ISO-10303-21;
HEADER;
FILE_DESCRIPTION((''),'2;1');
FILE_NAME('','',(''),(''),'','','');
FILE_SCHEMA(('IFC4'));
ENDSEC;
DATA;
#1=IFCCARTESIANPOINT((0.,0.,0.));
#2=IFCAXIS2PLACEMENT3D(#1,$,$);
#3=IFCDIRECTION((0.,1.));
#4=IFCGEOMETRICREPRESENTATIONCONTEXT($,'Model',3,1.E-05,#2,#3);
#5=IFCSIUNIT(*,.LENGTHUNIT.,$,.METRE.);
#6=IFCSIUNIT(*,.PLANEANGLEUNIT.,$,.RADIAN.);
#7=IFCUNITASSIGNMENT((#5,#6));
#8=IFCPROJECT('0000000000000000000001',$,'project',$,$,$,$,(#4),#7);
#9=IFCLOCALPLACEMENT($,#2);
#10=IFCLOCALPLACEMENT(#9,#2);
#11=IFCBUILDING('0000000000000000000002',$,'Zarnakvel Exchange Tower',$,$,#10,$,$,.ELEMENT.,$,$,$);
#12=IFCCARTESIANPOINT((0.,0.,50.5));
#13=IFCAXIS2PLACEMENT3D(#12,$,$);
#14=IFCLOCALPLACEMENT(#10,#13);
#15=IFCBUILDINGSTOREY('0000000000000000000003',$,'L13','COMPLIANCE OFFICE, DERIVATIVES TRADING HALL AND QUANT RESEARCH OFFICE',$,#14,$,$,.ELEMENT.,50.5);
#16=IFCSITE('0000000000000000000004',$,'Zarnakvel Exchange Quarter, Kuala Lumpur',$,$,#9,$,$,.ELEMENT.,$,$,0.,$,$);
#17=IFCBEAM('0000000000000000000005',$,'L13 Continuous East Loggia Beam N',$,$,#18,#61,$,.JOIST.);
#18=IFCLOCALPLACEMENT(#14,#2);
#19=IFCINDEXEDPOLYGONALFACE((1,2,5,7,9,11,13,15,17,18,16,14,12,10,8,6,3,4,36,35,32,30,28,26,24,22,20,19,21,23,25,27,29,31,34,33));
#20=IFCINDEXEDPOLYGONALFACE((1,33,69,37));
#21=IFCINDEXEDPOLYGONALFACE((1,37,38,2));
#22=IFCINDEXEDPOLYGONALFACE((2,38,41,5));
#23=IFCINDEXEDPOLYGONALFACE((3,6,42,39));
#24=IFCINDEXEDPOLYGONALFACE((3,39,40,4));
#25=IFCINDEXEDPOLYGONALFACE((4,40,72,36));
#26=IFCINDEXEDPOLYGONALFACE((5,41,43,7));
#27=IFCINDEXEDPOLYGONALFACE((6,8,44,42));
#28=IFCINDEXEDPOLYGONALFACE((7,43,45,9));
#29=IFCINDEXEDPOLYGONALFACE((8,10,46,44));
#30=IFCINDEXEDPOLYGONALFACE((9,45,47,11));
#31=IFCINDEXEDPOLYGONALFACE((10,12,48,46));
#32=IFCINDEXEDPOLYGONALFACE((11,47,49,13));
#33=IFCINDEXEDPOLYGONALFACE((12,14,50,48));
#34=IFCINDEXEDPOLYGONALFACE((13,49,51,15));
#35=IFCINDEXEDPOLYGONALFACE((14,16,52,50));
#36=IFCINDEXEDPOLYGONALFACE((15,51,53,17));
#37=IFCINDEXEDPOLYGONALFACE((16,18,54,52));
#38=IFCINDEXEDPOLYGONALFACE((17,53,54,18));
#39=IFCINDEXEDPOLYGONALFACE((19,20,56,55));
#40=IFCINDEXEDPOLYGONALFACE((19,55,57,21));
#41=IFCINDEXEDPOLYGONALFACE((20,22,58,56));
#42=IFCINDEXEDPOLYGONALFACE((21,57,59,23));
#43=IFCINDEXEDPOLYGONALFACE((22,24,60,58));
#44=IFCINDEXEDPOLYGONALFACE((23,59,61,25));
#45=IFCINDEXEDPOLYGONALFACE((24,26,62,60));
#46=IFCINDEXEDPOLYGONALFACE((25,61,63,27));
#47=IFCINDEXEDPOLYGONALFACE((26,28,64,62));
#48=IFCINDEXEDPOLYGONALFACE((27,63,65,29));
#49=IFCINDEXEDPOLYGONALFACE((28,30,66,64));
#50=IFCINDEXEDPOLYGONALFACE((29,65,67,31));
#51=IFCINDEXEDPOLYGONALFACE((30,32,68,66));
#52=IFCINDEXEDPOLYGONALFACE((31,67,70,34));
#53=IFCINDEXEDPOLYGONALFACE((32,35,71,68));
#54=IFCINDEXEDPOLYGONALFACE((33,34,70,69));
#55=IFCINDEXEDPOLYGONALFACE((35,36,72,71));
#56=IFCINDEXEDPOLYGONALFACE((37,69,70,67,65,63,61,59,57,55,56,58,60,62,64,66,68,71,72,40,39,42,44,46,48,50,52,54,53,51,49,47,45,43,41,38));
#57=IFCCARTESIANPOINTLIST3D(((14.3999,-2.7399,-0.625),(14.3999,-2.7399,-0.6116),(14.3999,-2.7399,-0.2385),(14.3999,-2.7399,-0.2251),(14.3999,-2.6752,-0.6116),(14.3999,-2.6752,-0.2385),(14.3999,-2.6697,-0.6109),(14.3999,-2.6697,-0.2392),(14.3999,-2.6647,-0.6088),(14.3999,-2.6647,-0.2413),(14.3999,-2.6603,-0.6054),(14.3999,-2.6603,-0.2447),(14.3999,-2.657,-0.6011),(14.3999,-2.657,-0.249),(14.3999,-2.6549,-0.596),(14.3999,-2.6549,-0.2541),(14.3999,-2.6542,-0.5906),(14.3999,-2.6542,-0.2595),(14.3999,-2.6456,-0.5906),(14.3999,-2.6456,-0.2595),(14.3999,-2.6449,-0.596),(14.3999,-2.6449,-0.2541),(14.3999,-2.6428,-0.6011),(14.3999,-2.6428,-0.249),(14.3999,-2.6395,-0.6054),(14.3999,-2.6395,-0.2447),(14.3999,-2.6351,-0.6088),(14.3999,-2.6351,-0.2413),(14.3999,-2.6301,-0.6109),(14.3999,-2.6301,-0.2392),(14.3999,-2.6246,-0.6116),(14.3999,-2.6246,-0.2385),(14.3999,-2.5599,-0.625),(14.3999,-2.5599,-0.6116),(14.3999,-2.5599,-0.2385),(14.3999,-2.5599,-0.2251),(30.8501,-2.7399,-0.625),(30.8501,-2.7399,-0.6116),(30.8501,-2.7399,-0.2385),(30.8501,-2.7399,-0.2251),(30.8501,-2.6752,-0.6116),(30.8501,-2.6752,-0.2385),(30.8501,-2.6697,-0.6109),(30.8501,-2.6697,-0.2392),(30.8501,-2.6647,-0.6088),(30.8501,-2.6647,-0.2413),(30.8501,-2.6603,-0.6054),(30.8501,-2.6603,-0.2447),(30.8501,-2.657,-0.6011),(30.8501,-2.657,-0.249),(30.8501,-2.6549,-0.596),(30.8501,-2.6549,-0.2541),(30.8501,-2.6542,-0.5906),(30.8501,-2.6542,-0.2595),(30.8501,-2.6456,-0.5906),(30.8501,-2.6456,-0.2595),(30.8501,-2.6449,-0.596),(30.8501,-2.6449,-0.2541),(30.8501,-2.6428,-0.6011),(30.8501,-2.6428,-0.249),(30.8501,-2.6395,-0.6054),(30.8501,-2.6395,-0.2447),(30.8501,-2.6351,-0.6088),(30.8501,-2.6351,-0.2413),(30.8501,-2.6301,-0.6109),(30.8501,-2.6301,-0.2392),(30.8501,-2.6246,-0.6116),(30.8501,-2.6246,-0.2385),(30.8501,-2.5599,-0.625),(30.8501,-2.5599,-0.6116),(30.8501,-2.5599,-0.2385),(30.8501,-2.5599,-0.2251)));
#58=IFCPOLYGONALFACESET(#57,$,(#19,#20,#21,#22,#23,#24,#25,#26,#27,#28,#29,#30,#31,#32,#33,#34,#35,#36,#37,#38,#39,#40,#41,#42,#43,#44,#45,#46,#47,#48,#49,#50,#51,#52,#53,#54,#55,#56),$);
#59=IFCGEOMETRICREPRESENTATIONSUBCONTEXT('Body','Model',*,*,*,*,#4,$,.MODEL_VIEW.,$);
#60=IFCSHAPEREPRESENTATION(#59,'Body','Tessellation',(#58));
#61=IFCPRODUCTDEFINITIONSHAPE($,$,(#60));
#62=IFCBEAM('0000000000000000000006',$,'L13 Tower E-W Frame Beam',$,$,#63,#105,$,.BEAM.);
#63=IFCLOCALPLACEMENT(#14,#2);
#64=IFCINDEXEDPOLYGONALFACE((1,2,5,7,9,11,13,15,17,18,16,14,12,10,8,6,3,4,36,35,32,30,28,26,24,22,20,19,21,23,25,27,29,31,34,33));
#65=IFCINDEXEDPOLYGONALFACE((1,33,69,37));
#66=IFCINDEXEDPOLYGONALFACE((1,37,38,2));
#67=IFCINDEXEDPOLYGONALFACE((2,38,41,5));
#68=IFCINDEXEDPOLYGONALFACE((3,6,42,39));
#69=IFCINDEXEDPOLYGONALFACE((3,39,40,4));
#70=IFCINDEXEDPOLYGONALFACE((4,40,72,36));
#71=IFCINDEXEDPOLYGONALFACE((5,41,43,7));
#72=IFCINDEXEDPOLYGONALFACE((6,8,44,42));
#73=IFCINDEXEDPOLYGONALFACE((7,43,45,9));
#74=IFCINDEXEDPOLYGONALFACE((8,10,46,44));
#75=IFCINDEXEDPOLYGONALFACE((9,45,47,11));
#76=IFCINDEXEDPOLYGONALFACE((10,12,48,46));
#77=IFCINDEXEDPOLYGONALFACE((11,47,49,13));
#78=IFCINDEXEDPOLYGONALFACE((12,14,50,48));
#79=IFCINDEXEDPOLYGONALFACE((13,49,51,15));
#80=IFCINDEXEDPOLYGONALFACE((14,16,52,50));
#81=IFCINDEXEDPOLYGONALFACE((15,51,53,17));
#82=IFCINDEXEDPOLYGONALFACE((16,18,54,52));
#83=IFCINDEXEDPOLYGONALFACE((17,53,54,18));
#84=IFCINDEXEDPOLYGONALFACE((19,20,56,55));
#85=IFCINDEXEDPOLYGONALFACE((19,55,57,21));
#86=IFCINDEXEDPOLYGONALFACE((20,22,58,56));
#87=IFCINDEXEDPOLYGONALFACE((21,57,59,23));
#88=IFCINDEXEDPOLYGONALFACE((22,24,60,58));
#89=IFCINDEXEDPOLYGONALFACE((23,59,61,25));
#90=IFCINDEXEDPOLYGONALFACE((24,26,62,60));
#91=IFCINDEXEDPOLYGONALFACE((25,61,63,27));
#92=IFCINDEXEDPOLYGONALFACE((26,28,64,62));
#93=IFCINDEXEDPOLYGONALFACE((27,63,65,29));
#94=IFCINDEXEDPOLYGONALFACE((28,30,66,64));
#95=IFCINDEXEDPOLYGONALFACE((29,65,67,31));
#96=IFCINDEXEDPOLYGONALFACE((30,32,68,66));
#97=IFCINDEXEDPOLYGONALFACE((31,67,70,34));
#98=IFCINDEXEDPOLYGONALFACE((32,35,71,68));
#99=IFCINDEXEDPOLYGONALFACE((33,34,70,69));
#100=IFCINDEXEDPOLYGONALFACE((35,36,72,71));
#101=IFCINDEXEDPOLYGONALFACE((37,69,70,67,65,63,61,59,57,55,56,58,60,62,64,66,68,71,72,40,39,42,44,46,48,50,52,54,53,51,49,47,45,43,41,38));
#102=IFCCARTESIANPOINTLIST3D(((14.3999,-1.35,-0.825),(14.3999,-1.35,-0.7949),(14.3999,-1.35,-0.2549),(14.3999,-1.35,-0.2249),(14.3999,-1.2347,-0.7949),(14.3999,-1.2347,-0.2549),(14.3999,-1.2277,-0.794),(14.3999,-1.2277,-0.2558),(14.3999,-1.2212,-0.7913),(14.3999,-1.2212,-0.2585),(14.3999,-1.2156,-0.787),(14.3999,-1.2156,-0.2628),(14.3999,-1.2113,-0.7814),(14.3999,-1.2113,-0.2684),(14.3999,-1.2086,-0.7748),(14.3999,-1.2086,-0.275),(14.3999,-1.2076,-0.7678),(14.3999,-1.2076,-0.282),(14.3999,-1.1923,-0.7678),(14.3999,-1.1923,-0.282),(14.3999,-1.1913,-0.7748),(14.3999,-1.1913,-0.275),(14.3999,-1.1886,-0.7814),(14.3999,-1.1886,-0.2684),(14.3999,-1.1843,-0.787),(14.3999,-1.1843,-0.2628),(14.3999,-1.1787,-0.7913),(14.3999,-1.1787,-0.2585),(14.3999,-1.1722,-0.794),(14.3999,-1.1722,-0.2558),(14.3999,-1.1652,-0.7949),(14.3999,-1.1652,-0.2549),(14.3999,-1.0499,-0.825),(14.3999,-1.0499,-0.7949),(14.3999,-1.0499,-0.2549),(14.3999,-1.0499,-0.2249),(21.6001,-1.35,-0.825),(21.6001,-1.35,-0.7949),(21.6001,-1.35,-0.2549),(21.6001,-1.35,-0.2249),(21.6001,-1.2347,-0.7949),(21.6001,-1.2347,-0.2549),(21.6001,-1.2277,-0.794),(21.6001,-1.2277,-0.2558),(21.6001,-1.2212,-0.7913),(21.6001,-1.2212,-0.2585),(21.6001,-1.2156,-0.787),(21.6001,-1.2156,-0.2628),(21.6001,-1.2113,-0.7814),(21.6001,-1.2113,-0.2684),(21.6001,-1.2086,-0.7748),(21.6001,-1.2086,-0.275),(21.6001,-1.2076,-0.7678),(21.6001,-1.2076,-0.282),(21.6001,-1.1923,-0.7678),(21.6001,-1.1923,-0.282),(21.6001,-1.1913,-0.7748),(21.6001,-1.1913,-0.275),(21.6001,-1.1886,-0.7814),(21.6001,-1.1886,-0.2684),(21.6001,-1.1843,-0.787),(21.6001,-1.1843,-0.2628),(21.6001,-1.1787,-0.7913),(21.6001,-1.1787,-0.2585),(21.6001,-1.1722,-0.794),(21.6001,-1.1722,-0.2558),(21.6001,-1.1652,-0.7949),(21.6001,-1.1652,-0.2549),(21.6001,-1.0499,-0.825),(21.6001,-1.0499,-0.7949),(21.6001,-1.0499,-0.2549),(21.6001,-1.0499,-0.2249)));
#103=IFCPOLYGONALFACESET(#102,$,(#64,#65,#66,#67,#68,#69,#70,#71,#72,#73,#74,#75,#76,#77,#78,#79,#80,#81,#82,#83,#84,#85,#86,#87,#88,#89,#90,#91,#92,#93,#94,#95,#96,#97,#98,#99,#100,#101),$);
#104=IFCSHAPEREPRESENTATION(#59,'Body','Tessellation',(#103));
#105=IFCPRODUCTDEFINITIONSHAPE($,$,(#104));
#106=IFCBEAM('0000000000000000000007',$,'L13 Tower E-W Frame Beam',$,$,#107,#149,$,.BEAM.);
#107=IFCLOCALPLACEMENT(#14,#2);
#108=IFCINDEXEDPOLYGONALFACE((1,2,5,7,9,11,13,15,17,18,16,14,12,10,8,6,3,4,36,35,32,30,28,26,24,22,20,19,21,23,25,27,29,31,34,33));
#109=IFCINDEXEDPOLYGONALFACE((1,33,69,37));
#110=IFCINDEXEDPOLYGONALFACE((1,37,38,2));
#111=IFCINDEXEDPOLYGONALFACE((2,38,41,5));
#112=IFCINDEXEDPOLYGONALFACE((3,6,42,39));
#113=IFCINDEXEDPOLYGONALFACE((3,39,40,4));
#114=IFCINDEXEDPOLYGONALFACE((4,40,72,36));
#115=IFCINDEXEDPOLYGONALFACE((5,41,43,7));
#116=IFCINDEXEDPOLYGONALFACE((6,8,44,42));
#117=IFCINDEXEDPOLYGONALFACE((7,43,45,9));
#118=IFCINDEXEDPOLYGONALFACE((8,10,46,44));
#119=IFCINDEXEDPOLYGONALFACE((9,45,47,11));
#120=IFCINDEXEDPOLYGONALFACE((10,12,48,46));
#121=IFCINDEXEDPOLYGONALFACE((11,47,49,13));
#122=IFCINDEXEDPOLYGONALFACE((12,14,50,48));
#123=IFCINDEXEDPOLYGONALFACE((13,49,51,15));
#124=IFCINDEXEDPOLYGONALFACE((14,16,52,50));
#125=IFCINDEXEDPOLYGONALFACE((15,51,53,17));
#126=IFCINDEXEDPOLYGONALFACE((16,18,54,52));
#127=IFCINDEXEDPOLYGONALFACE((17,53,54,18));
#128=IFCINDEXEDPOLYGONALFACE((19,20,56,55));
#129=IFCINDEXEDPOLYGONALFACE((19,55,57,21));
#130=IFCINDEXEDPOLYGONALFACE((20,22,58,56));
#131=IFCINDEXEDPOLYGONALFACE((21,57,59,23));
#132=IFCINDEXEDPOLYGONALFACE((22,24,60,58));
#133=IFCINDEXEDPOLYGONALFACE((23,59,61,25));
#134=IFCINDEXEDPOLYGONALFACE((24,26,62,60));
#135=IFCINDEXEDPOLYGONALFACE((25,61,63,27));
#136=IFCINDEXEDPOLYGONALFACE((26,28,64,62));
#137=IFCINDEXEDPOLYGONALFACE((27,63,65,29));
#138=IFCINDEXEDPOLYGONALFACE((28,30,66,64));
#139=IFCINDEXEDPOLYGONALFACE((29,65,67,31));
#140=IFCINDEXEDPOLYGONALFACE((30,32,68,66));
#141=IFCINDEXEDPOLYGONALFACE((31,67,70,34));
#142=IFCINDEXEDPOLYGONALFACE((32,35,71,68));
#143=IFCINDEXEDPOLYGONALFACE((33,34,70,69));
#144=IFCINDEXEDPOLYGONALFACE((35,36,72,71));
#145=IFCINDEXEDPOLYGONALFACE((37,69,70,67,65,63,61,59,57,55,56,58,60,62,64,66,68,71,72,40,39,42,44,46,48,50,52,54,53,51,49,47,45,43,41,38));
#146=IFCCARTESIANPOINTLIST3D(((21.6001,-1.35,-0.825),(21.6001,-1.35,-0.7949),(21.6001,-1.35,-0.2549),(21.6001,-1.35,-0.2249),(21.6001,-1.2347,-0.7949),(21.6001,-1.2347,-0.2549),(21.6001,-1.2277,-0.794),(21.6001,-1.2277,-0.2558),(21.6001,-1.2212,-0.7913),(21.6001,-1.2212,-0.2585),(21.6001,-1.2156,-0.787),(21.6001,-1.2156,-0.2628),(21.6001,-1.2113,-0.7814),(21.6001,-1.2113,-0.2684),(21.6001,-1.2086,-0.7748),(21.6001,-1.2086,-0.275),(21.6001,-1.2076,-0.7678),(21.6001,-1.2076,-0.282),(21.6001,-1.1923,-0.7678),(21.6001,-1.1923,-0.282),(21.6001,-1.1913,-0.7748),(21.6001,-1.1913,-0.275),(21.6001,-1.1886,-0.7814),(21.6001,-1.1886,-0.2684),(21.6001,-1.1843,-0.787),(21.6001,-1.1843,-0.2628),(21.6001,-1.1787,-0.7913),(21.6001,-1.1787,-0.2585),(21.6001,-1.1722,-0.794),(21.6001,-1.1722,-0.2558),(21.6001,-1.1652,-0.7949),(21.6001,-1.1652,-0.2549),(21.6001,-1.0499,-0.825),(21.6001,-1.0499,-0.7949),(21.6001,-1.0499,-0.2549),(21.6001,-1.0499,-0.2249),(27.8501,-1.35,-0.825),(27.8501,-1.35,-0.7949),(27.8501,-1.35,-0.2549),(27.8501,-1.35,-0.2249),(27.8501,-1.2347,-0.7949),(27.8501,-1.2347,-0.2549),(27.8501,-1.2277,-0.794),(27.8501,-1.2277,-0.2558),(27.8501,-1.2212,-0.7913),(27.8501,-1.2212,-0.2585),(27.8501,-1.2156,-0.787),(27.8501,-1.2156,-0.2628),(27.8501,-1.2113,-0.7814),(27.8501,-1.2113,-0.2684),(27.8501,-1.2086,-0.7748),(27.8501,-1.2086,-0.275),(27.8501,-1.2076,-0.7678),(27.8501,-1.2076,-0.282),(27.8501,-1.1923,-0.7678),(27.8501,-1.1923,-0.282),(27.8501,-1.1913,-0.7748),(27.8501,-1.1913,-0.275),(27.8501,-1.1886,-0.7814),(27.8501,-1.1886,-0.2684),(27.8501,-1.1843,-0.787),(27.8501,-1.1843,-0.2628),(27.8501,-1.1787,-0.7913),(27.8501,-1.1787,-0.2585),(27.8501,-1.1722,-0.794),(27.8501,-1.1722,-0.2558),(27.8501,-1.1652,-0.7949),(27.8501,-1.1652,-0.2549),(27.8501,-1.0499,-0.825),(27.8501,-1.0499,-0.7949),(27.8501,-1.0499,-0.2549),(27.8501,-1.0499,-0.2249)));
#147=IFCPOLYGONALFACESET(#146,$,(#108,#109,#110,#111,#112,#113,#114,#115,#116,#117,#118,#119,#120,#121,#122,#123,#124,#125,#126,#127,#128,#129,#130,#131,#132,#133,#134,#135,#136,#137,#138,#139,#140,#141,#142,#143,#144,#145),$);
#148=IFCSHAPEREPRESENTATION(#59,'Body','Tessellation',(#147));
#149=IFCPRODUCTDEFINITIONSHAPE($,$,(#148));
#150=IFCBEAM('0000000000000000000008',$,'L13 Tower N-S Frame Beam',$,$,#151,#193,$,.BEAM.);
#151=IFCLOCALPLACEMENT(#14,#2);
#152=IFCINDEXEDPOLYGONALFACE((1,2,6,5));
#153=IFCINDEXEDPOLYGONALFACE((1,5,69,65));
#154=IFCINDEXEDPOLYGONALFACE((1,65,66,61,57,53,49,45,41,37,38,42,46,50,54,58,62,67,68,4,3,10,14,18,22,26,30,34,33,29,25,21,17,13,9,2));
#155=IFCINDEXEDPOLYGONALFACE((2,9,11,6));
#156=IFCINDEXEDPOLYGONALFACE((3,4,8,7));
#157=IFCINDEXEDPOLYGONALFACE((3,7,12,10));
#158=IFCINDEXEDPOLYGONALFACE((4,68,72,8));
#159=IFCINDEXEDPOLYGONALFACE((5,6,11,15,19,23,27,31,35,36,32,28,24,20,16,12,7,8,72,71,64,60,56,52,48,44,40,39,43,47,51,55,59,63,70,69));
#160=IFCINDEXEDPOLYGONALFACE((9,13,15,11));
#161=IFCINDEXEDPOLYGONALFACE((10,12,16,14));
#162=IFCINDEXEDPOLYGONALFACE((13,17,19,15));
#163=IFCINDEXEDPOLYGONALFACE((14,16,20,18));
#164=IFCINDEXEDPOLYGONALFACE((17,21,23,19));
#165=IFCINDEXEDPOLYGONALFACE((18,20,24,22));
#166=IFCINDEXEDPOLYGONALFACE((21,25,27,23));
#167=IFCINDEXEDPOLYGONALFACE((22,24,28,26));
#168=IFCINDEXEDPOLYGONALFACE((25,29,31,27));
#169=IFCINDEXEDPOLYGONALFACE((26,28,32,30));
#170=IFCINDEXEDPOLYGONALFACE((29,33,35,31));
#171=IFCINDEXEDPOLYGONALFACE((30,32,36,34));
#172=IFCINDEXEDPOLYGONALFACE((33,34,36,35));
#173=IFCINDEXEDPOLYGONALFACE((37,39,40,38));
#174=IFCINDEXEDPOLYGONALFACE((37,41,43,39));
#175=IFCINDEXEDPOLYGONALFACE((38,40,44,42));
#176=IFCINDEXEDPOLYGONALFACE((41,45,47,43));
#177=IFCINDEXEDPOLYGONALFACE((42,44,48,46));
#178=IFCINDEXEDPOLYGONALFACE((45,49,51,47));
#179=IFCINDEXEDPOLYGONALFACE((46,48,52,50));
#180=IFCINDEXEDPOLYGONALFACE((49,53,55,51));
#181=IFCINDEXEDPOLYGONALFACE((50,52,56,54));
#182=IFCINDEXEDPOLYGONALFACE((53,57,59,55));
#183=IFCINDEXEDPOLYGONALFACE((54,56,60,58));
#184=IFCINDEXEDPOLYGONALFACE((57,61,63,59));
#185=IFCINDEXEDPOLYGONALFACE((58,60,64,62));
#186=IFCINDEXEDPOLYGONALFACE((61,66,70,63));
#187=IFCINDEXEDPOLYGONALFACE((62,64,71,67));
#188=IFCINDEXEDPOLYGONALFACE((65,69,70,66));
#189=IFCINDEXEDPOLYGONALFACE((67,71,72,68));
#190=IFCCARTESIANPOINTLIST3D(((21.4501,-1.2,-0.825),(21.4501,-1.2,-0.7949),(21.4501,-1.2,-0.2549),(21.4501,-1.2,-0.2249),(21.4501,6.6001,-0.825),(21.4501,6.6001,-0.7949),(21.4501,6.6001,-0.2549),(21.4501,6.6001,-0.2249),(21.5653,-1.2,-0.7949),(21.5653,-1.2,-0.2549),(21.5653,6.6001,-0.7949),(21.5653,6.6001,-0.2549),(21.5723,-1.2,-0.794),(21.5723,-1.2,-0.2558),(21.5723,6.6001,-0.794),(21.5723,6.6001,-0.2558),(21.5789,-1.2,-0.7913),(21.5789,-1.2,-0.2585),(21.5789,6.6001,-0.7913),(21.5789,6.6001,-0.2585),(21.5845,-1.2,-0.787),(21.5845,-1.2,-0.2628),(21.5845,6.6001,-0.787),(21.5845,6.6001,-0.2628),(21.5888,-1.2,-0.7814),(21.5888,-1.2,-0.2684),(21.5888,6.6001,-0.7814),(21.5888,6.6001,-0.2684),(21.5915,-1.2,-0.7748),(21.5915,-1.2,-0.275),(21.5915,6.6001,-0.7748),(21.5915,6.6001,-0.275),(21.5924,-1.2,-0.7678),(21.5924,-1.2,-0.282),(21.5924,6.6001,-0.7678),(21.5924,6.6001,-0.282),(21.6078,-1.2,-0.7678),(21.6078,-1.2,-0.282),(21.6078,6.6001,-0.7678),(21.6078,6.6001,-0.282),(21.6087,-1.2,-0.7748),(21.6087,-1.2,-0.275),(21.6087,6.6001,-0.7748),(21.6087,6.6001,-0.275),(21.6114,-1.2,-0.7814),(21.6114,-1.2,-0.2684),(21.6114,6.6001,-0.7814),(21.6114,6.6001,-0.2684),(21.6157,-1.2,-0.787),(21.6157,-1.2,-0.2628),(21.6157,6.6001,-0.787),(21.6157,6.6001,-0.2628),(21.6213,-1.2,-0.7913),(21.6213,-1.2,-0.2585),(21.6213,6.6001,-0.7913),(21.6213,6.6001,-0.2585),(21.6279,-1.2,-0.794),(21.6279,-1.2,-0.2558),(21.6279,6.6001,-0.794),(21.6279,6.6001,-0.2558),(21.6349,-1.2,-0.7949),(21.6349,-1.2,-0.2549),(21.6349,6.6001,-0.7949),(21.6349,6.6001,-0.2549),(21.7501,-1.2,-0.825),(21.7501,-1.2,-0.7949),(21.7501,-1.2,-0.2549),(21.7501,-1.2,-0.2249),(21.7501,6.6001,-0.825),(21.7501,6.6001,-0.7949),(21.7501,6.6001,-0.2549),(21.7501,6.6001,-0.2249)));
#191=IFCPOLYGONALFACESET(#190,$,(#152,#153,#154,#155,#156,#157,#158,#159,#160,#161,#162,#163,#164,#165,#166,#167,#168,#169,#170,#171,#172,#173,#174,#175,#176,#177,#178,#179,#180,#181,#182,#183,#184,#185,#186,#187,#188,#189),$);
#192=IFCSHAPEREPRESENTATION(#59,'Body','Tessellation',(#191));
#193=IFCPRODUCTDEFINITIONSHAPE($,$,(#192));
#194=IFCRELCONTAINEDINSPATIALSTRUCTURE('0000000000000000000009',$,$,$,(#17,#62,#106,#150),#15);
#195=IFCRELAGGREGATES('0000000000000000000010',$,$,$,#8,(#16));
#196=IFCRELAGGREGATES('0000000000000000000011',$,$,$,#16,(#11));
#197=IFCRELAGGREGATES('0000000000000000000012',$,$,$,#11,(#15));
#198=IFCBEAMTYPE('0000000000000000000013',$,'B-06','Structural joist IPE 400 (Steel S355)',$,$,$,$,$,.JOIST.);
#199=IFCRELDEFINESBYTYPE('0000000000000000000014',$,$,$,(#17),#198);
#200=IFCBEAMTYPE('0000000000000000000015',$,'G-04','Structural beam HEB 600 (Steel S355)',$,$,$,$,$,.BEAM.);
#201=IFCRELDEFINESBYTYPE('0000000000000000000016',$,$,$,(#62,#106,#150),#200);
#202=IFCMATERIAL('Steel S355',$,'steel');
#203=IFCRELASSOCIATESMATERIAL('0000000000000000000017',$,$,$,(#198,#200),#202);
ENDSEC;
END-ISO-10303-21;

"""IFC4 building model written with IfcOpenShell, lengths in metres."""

from ifc_helpers import new_model, si_unit, direction, frame, origin, origin_2d, place, context, subcontext, project, spatial, i_section, extrude, material, material_profile, profile_set, type_object, element, save


model = new_model("IFC4")

# Units and contexts
model_context = context("Model", 3, precision=1e-05, world=origin(), true_north=direction((0.0, 1.0)))
body_context = subcontext(model_context, "Body", "Model", "MODEL_VIEW")
ifc_project = project(units=[si_unit("LENGTHUNIT", "METRE"), si_unit("PLANEANGLEUNIT", "RADIAN")], contexts=[model_context])

# Site, building, storey
site_placement = place(None, origin())
site = spatial("IfcSite", under=ifc_project, at=site_placement, Name="Zarnakvel Exchange Quarter, Kuala Lumpur", CompositionType="ELEMENT", RefElevation=0.0)
building_placement = place(site_placement, origin())
building = spatial("IfcBuilding", under=site, at=building_placement, Name="Zarnakvel Exchange Tower", CompositionType="ELEMENT")
storey_placement = place(building_placement, frame((0.0, 0.0, 50.5)))
storey = spatial("IfcBuildingStorey", under=building, at=storey_placement, Name="L13", Description="COMPLIANCE OFFICE, DERIVATIVES TRADING HALL AND QUANT RESEARCH OFFICE", CompositionType="ELEMENT", Elevation=50.5)

# Shared definitions
ifc_material_1 = material(Name="Steel S355", Category="steel")

# Beams
ifc_material_profile_1 = material_profile(ifc_material_1, i_section(OverallWidth=0.1799, OverallDepth=0.3999, WebThickness=0.0085, FlangeThickness=0.0134, FilletRadius=0.021, at=origin_2d()))
ifc_profile_set_1 = profile_set([ifc_material_profile_1], Name="Steel S355")
beam_type_1 = type_object("IfcBeamType", Name="B-06", Description="Structural joist IPE 400 (Steel S355)", PredefinedType="JOIST", material=ifc_profile_set_1)
beam_1_placement = place(storey_placement, frame((14.3999, -2.6499, -0.425), z_axis=(1.0, 0.0, 0.0), x_axis=(0.0, 1.0, 0.0)))
element("IfcBeam", 1, at=beam_1_placement, inside=storey, type_object=beam_type_1, Name="L13 Continuous East Loggia Beam N", PredefinedType="JOIST", context=body_context, shape_type="SweptSolid", body=[
    extrude(i_section(OverallWidth=0.1799, OverallDepth=0.3999, WebThickness=0.0085, FlangeThickness=0.0134, FilletRadius=0.021, at=origin_2d()), origin(), (0.0, 0.0, 1.0), 16.4502),
])
ifc_material_profile_2 = material_profile(ifc_material_1, i_section(OverallWidth=0.3, OverallDepth=0.6001, WebThickness=0.0154, FlangeThickness=0.03, FilletRadius=0.0271, at=origin_2d()))
ifc_profile_set_2 = profile_set([ifc_material_profile_2], Name="Steel S355")
beam_type_2 = type_object("IfcBeamType", Name="G-04", Description="Structural beam HEB 600 (Steel S355)", PredefinedType="BEAM", material=ifc_profile_set_2)
beam_2_placement = place(storey_placement, frame((14.3999, -1.2, -0.5249), z_axis=(1.0, 0.0, 0.0), x_axis=(0.0, 1.0, 0.0)))
element("IfcBeam", 2, at=beam_2_placement, inside=storey, type_object=beam_type_2, Name="L13 Tower E-W Frame Beam", PredefinedType="BEAM", context=body_context, shape_type="SweptSolid", body=[
    extrude(i_section(OverallWidth=0.3, OverallDepth=0.6001, WebThickness=0.0154, FlangeThickness=0.03, FilletRadius=0.0271, at=origin_2d()), origin(), (0.0, 0.0, 1.0), 7.2002),
])
beam_3_placement = place(storey_placement, frame((21.6001, -1.2, -0.5249), z_axis=(1.0, 0.0, 0.0), x_axis=(0.0, 1.0, 0.0)))
element("IfcBeam", 3, at=beam_3_placement, inside=storey, type_object=beam_type_2, Name="L13 Tower E-W Frame Beam", PredefinedType="BEAM", context=body_context, shape_type="SweptSolid", body=[
    extrude(i_section(OverallWidth=0.3, OverallDepth=0.6001, WebThickness=0.0154, FlangeThickness=0.03, FilletRadius=0.0271, at=origin_2d()), origin(), (0.0, 0.0, 1.0), 6.25),
])
beam_4_placement = place(storey_placement, frame((21.6001, -1.2, -0.5249), z_axis=(0.0, 1.0, 0.0), x_axis=(-1.0, 0.0, 0.0)))
element("IfcBeam", 4, at=beam_4_placement, inside=storey, type_object=beam_type_2, Name="L13 Tower N-S Frame Beam", PredefinedType="BEAM", context=body_context, shape_type="SweptSolid", body=[
    extrude(i_section(OverallWidth=0.3, OverallDepth=0.6001, WebThickness=0.0154, FlangeThickness=0.03, FilletRadius=0.0271, at=origin_2d()), origin(), (0.0, 0.0, 1.0), 7.8),
])

save(model, "model.ifc")
